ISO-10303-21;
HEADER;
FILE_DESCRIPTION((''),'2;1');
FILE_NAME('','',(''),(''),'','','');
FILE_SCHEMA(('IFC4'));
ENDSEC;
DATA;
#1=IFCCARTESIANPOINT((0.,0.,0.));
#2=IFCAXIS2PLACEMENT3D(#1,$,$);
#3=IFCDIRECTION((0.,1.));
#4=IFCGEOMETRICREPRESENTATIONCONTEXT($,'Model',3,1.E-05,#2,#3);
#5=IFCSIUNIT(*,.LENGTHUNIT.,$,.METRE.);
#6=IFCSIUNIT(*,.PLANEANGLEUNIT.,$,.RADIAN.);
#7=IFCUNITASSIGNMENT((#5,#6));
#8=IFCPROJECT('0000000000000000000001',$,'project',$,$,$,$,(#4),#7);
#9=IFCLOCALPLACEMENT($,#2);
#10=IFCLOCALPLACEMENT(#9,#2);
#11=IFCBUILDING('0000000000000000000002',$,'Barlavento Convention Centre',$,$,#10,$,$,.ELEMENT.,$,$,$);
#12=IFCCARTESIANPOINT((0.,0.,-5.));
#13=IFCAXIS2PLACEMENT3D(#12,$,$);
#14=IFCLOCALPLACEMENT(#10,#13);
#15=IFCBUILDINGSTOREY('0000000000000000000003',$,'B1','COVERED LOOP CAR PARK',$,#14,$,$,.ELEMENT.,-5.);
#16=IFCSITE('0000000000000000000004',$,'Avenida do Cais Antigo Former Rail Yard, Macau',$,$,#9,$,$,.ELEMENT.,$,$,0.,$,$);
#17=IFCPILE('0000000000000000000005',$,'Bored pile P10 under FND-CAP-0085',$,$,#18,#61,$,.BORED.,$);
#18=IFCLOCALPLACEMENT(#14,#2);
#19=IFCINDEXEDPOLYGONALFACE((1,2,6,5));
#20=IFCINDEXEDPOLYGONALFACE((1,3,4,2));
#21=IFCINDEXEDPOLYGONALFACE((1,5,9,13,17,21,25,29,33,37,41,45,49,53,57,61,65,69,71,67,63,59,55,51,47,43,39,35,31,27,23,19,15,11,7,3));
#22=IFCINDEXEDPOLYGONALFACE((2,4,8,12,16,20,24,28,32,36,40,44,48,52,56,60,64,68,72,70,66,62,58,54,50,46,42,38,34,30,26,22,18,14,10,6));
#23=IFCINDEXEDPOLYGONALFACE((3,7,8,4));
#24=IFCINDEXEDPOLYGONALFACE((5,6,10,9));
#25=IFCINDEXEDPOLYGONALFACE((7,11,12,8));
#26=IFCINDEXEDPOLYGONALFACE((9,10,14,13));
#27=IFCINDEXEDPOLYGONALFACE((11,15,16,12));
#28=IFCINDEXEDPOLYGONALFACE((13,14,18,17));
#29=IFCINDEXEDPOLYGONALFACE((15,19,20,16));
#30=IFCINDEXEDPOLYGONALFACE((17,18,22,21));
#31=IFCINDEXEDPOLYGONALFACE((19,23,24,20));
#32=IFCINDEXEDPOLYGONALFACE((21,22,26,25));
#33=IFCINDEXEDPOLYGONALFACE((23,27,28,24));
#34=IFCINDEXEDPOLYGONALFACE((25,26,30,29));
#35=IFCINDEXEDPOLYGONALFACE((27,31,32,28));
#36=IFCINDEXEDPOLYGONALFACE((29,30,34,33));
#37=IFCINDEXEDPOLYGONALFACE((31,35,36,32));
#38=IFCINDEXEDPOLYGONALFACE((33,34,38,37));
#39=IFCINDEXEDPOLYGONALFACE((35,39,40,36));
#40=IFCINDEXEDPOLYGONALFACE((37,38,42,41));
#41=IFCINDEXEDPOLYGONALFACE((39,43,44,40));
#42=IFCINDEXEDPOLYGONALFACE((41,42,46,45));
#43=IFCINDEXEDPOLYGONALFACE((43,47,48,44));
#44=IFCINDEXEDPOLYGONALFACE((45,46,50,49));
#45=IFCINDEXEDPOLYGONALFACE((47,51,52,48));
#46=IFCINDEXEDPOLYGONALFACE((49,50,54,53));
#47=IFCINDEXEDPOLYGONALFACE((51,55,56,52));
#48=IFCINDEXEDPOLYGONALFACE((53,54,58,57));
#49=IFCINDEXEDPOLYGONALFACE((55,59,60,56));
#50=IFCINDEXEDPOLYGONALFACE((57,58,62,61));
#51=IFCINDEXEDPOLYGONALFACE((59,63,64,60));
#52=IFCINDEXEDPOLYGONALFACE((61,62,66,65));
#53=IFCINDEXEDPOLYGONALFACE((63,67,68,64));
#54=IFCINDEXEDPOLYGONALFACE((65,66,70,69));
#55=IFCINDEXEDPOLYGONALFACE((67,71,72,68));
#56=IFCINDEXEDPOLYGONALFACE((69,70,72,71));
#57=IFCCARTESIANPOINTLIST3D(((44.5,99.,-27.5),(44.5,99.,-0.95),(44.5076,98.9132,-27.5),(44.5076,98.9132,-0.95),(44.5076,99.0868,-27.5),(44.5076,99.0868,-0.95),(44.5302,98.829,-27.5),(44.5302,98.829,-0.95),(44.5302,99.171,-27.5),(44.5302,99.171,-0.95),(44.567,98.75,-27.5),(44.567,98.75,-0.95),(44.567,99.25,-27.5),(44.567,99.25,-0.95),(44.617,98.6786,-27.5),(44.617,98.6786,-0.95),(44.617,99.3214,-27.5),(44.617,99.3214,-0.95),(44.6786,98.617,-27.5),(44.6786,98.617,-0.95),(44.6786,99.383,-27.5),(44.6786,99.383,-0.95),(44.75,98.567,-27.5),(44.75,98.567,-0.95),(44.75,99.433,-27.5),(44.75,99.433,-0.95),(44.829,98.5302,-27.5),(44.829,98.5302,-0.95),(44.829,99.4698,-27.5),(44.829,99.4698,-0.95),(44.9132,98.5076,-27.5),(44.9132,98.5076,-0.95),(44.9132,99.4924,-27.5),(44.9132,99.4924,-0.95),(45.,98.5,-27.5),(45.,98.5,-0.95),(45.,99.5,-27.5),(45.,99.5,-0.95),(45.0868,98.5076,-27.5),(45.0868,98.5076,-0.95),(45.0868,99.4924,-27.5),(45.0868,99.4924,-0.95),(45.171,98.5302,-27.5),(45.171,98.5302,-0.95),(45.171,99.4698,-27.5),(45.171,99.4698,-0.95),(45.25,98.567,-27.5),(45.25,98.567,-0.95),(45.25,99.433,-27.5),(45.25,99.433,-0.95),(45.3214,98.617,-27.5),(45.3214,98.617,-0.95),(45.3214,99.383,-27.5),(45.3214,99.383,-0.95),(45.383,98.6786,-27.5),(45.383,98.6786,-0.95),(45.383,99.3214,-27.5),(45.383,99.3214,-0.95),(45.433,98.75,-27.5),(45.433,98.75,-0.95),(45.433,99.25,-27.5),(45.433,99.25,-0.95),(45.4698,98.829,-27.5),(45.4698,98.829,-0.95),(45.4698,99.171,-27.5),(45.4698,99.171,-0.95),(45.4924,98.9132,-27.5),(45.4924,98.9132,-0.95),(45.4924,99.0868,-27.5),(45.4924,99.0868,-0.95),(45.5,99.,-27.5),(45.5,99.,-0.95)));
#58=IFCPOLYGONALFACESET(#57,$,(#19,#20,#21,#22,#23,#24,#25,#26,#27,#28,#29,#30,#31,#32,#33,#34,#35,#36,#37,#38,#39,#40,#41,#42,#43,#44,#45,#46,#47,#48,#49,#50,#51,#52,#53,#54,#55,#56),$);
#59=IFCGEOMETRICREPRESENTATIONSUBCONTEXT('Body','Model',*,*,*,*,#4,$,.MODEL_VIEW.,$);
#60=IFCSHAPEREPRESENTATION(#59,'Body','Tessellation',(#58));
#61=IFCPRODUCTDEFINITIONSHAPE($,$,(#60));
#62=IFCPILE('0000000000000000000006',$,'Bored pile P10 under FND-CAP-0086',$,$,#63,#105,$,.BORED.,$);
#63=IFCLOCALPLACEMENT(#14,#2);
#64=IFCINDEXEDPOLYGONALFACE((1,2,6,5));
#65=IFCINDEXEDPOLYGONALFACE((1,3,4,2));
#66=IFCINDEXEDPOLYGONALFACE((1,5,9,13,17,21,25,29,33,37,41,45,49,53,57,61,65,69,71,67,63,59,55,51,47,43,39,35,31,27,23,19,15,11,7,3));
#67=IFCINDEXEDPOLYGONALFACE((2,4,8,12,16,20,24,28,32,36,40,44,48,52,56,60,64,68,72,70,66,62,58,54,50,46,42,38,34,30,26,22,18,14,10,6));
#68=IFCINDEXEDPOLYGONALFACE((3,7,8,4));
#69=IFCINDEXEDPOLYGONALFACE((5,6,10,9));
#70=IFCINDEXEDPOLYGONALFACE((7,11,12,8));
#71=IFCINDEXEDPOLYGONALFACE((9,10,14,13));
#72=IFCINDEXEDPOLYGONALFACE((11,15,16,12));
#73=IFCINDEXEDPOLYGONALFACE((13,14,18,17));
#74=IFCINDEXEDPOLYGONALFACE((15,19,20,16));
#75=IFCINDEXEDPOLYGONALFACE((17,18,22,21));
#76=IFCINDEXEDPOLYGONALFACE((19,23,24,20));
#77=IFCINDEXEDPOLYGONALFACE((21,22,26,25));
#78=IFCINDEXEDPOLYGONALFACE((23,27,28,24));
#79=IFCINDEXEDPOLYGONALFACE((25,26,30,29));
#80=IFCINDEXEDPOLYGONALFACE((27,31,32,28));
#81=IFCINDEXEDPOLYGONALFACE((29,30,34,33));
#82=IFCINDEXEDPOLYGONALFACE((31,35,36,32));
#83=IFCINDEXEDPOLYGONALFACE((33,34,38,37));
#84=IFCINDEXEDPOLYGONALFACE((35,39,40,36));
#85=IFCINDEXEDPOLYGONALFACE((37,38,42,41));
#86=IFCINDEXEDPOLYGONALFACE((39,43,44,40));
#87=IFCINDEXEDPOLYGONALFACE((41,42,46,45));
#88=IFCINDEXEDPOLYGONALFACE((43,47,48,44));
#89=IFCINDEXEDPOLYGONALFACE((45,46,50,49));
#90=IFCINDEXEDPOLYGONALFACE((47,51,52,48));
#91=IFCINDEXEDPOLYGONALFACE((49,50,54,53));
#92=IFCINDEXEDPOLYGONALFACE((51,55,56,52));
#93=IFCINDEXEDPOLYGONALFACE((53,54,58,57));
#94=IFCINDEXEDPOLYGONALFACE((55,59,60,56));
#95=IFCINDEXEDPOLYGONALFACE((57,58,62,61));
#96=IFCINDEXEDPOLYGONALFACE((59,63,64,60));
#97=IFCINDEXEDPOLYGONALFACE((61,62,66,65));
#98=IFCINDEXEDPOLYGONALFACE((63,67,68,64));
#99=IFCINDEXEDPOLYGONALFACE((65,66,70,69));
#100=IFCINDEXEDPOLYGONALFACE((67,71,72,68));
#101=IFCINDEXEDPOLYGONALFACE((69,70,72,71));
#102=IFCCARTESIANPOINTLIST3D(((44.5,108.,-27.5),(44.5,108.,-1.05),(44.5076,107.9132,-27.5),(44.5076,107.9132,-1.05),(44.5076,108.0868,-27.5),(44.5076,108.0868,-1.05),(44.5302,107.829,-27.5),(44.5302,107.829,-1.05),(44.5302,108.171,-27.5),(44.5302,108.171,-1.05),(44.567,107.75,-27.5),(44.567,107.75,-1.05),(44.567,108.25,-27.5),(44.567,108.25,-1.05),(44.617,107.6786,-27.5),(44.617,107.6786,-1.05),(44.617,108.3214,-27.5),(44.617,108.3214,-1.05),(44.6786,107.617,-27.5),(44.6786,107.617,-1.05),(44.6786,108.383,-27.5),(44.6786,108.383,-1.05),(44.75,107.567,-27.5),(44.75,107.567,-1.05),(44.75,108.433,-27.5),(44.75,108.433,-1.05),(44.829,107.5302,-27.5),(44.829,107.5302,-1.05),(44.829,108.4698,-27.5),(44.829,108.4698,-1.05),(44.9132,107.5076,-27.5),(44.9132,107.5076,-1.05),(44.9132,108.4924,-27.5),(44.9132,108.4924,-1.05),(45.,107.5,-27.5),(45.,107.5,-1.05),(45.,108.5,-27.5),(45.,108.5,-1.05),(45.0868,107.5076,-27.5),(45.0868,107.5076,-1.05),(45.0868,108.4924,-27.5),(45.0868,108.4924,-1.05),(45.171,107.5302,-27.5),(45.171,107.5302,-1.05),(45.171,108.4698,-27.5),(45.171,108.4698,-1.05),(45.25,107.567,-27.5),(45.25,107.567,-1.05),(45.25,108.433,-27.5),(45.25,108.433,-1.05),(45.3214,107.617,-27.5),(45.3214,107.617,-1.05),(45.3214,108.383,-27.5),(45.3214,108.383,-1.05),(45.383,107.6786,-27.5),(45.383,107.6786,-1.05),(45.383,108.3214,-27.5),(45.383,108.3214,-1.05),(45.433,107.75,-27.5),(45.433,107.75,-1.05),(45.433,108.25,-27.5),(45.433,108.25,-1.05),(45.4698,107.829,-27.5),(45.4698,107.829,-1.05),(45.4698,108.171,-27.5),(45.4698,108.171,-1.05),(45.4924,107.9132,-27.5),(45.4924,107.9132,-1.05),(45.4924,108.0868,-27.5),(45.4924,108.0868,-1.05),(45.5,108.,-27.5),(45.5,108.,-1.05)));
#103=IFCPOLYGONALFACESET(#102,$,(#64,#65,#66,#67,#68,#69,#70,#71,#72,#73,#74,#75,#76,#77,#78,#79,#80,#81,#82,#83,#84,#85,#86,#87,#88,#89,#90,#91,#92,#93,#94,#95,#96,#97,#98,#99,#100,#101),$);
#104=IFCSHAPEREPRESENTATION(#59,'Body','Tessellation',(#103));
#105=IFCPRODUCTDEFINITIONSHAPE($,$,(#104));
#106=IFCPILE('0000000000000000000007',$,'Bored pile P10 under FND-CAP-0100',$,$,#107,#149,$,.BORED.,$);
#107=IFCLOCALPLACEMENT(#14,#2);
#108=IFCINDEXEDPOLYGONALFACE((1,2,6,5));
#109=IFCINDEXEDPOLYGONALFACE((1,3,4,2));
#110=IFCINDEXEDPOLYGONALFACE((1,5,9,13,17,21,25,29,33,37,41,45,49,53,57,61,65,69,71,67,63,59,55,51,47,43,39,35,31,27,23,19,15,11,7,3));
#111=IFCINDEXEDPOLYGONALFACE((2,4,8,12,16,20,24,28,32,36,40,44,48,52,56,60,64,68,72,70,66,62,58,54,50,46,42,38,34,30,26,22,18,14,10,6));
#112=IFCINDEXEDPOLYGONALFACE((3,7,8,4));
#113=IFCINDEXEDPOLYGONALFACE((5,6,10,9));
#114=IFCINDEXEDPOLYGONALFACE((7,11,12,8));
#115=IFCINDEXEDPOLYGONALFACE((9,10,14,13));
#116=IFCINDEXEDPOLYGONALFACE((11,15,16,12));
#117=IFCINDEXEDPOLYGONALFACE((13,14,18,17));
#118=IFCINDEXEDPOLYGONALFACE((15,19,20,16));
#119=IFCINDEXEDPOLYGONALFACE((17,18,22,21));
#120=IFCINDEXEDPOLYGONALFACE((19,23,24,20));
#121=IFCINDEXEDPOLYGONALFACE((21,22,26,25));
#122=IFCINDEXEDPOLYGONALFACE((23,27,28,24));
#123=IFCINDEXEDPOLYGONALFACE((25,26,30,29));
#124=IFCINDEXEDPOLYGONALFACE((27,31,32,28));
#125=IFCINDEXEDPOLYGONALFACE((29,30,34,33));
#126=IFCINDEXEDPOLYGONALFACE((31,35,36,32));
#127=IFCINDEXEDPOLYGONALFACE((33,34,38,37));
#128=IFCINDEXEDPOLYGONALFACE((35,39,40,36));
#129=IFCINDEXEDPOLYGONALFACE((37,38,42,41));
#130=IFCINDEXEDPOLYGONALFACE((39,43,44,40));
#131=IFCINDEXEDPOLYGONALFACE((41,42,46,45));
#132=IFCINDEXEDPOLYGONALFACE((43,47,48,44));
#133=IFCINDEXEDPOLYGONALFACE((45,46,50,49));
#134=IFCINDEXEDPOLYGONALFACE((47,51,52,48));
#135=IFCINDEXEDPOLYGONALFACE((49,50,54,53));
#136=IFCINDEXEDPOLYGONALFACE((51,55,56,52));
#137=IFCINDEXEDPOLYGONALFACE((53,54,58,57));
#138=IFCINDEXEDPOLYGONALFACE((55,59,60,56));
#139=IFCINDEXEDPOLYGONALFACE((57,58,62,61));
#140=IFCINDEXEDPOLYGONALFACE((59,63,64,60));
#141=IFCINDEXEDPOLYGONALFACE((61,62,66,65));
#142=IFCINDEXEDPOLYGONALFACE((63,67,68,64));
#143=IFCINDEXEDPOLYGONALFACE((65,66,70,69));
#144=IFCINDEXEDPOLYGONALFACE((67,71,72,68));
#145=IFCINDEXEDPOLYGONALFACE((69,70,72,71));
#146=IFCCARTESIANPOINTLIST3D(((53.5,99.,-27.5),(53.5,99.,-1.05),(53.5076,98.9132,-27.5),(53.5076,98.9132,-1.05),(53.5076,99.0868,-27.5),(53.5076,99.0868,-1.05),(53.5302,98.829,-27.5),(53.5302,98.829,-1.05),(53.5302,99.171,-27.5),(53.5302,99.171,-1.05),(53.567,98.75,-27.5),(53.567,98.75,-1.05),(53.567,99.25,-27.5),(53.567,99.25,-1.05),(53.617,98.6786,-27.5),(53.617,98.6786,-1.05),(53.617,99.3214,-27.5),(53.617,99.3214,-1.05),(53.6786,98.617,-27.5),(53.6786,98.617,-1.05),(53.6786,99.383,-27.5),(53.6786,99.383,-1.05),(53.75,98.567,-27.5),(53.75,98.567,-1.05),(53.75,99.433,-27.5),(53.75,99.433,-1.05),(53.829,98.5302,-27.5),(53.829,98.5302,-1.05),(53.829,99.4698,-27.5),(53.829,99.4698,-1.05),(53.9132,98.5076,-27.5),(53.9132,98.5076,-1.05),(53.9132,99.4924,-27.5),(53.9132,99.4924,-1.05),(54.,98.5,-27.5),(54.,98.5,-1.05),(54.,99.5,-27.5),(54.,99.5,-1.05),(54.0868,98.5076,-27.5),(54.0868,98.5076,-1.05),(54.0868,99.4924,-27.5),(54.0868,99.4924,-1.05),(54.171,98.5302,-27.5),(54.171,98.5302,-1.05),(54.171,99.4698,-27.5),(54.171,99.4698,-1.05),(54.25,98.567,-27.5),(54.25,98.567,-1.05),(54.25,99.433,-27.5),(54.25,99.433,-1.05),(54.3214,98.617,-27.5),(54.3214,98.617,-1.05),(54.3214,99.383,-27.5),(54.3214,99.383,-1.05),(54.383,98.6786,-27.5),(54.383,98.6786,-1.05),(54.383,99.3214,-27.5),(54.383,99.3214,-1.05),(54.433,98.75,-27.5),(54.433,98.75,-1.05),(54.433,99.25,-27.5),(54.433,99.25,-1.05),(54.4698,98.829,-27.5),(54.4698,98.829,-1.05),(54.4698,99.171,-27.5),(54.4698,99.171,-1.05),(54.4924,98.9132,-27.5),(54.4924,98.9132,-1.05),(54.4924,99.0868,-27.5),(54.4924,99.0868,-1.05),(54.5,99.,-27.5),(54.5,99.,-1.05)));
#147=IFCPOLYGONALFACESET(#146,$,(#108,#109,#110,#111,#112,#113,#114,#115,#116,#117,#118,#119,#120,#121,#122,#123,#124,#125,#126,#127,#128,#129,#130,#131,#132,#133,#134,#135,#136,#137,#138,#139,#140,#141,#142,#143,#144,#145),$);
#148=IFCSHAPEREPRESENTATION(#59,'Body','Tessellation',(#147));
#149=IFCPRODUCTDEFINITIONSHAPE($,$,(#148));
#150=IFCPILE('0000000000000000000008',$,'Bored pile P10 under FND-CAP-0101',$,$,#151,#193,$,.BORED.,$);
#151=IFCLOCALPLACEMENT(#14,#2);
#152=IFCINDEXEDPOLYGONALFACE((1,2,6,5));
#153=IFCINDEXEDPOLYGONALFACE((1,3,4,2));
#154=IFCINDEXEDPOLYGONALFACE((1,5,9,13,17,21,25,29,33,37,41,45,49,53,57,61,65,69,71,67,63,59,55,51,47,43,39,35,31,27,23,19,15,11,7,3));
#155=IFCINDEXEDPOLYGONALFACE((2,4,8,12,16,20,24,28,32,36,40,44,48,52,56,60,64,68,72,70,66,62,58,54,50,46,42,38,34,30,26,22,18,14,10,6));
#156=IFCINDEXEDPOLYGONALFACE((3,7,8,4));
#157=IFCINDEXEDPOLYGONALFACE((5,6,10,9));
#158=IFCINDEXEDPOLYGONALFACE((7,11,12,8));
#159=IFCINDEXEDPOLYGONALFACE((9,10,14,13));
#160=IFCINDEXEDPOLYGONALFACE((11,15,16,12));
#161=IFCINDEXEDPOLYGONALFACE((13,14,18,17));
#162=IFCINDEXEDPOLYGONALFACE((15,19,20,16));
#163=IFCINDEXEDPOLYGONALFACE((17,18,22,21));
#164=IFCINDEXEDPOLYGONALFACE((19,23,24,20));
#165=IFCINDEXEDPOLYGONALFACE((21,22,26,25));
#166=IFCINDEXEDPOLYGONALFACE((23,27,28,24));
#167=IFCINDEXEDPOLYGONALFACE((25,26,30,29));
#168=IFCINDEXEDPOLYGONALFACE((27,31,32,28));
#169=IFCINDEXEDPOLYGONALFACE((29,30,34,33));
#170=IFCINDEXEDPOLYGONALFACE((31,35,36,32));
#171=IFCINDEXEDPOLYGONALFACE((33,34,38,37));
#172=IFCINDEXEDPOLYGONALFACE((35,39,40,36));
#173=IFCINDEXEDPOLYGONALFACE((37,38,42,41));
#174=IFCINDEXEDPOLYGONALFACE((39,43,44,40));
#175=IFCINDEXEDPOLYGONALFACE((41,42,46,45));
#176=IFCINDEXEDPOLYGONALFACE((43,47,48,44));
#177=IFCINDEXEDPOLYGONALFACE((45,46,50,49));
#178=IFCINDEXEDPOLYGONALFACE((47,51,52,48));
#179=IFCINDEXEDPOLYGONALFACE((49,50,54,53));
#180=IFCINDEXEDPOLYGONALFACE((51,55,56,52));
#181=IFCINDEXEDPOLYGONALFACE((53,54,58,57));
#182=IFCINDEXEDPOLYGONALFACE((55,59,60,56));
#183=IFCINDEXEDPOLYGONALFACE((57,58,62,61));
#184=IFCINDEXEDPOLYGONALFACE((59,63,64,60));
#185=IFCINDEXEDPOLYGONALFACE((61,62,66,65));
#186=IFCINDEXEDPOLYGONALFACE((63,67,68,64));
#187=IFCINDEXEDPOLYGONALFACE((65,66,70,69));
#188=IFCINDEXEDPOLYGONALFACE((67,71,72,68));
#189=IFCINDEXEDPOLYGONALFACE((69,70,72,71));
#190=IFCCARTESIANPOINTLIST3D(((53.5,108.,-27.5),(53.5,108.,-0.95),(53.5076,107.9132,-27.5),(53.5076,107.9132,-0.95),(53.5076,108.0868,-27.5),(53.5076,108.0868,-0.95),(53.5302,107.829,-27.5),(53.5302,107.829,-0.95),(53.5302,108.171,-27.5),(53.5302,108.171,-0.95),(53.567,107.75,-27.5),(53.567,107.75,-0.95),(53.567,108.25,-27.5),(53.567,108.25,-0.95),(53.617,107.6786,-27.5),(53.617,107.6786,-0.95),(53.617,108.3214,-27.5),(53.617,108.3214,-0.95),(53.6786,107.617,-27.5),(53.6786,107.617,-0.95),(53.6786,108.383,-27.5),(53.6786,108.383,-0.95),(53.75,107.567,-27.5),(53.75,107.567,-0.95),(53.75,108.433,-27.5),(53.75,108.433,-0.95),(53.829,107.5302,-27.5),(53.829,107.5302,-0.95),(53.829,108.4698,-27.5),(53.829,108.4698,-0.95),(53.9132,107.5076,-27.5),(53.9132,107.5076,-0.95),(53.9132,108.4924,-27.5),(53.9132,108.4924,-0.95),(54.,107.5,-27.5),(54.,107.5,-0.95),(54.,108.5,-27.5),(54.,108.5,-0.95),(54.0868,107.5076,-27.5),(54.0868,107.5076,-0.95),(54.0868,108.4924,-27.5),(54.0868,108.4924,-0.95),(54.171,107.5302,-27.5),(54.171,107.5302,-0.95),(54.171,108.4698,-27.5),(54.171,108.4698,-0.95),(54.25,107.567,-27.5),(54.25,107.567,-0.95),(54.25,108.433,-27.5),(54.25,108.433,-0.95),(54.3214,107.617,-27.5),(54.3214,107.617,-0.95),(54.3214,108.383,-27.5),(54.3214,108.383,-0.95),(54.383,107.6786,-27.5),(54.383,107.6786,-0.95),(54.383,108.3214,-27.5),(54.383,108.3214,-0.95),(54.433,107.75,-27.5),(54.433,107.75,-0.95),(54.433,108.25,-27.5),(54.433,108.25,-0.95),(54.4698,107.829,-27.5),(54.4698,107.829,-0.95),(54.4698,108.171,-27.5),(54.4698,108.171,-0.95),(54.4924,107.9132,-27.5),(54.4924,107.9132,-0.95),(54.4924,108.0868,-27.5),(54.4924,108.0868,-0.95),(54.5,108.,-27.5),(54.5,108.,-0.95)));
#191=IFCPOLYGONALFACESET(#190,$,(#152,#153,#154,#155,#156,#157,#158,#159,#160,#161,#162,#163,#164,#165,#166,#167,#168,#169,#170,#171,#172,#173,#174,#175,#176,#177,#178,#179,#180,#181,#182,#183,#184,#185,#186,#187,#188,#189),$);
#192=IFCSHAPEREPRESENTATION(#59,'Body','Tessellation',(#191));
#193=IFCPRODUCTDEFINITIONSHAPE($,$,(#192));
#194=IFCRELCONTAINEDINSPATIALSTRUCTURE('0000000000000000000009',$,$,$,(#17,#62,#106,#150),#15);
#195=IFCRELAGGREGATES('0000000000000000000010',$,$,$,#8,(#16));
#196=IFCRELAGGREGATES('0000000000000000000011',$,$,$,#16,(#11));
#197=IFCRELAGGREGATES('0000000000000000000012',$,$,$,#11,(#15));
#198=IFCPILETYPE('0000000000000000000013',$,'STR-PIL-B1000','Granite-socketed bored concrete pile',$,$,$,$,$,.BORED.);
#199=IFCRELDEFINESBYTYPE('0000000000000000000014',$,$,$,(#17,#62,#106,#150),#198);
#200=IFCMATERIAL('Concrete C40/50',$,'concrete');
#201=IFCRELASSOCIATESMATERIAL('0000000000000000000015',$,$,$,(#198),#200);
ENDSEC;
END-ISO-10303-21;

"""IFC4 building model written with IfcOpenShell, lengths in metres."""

from ifc_helpers import new_model, si_unit, direction, frame, origin, origin_2d, place, context, subcontext, project, spatial, circle, extrude, material, material_profile, profile_set, type_object, element, save


model = new_model("IFC4")

# Units and contexts
model_context = context("Model", 3, precision=1e-05, world=origin(), true_north=direction((0.0, 1.0)))
body_context = subcontext(model_context, "Body", "Model", "MODEL_VIEW")
ifc_project = project(units=[si_unit("LENGTHUNIT", "METRE"), si_unit("PLANEANGLEUNIT", "RADIAN")], contexts=[model_context])

# Site, building, storey
site_placement = place(None, origin())
site = spatial("IfcSite", under=ifc_project, at=site_placement, Name="Avenida do Cais Antigo Former Rail Yard, Macau", CompositionType="ELEMENT", RefElevation=0.0)
building_placement = place(site_placement, origin())
building = spatial("IfcBuilding", under=site, at=building_placement, Name="Barlavento Convention Centre", CompositionType="ELEMENT")
storey_placement = place(building_placement, frame((0.0, 0.0, -5.0)))
storey = spatial("IfcBuildingStorey", under=building, at=storey_placement, Name="B1", Description="COVERED LOOP CAR PARK", CompositionType="ELEMENT", Elevation=-5.0)

# Shared definitions
ifc_material_1 = material(Name="Concrete C40/50", Category="concrete")

# Piles
ifc_material_profile_1 = material_profile(ifc_material_1, circle(Radius=0.5, at=origin_2d()), Name="BORED PILE 1000")
ifc_profile_set_1 = profile_set([ifc_material_profile_1], Name="Concrete C40/50")
pile_type_1 = type_object("IfcPileType", Name="STR-PIL-B1000", Description="Granite-socketed bored concrete pile", PredefinedType="BORED", material=ifc_profile_set_1)
pile_1_placement = place(storey_placement, frame((45.0, 99.0, -0.95), z_axis=(0.0, 0.0, -1.0), x_axis=(1.0, 0.0, 0.0)))
element("IfcPile", 1, at=pile_1_placement, inside=storey, type_object=pile_type_1, Name="Bored pile P10 under FND-CAP-0085", PredefinedType="BORED", context=body_context, shape_type="SweptSolid", body=[
    extrude(circle(Radius=0.5, at=origin_2d()), origin(), (0.0, 0.0, 1.0), 26.55),
])
for number, where, z_axis, x_axis, name in (
    (2, (45.0, 108.0, -1.05), (0.0, 0.0, -1.0), (1.0, 0.0, 0.0), "Bored pile P10 under FND-CAP-0086"),
    (3, (54.0, 99.0, -1.05), (0.0, 0.0, -1.0), (1.0, 0.0, 0.0), "Bored pile P10 under FND-CAP-0100"),
):
    element("IfcPile", number, at=place(storey_placement, frame(where, z_axis=z_axis, x_axis=x_axis)), inside=storey, type_object=pile_type_1, Name=name, PredefinedType="BORED", context=body_context, shape_type="SweptSolid", body=[
        extrude(circle(Radius=0.5, at=origin_2d()), origin(), (0.0, 0.0, 1.0), 26.45),
    ])
for number, where, z_axis, x_axis, name in (
    (4, (54.0, 108.0, -0.95), (0.0, 0.0, -1.0), (1.0, 0.0, 0.0), "Bored pile P10 under FND-CAP-0101"),
):
    element("IfcPile", number, at=place(storey_placement, frame(where, z_axis=z_axis, x_axis=x_axis)), inside=storey, type_object=pile_type_1, Name=name, PredefinedType="BORED", context=body_context, shape_type="SweptSolid", body=[
        extrude(circle(Radius=0.5, at=origin_2d()), origin(), (0.0, 0.0, 1.0), 26.55),
    ])

save(model, "model.ifc")
